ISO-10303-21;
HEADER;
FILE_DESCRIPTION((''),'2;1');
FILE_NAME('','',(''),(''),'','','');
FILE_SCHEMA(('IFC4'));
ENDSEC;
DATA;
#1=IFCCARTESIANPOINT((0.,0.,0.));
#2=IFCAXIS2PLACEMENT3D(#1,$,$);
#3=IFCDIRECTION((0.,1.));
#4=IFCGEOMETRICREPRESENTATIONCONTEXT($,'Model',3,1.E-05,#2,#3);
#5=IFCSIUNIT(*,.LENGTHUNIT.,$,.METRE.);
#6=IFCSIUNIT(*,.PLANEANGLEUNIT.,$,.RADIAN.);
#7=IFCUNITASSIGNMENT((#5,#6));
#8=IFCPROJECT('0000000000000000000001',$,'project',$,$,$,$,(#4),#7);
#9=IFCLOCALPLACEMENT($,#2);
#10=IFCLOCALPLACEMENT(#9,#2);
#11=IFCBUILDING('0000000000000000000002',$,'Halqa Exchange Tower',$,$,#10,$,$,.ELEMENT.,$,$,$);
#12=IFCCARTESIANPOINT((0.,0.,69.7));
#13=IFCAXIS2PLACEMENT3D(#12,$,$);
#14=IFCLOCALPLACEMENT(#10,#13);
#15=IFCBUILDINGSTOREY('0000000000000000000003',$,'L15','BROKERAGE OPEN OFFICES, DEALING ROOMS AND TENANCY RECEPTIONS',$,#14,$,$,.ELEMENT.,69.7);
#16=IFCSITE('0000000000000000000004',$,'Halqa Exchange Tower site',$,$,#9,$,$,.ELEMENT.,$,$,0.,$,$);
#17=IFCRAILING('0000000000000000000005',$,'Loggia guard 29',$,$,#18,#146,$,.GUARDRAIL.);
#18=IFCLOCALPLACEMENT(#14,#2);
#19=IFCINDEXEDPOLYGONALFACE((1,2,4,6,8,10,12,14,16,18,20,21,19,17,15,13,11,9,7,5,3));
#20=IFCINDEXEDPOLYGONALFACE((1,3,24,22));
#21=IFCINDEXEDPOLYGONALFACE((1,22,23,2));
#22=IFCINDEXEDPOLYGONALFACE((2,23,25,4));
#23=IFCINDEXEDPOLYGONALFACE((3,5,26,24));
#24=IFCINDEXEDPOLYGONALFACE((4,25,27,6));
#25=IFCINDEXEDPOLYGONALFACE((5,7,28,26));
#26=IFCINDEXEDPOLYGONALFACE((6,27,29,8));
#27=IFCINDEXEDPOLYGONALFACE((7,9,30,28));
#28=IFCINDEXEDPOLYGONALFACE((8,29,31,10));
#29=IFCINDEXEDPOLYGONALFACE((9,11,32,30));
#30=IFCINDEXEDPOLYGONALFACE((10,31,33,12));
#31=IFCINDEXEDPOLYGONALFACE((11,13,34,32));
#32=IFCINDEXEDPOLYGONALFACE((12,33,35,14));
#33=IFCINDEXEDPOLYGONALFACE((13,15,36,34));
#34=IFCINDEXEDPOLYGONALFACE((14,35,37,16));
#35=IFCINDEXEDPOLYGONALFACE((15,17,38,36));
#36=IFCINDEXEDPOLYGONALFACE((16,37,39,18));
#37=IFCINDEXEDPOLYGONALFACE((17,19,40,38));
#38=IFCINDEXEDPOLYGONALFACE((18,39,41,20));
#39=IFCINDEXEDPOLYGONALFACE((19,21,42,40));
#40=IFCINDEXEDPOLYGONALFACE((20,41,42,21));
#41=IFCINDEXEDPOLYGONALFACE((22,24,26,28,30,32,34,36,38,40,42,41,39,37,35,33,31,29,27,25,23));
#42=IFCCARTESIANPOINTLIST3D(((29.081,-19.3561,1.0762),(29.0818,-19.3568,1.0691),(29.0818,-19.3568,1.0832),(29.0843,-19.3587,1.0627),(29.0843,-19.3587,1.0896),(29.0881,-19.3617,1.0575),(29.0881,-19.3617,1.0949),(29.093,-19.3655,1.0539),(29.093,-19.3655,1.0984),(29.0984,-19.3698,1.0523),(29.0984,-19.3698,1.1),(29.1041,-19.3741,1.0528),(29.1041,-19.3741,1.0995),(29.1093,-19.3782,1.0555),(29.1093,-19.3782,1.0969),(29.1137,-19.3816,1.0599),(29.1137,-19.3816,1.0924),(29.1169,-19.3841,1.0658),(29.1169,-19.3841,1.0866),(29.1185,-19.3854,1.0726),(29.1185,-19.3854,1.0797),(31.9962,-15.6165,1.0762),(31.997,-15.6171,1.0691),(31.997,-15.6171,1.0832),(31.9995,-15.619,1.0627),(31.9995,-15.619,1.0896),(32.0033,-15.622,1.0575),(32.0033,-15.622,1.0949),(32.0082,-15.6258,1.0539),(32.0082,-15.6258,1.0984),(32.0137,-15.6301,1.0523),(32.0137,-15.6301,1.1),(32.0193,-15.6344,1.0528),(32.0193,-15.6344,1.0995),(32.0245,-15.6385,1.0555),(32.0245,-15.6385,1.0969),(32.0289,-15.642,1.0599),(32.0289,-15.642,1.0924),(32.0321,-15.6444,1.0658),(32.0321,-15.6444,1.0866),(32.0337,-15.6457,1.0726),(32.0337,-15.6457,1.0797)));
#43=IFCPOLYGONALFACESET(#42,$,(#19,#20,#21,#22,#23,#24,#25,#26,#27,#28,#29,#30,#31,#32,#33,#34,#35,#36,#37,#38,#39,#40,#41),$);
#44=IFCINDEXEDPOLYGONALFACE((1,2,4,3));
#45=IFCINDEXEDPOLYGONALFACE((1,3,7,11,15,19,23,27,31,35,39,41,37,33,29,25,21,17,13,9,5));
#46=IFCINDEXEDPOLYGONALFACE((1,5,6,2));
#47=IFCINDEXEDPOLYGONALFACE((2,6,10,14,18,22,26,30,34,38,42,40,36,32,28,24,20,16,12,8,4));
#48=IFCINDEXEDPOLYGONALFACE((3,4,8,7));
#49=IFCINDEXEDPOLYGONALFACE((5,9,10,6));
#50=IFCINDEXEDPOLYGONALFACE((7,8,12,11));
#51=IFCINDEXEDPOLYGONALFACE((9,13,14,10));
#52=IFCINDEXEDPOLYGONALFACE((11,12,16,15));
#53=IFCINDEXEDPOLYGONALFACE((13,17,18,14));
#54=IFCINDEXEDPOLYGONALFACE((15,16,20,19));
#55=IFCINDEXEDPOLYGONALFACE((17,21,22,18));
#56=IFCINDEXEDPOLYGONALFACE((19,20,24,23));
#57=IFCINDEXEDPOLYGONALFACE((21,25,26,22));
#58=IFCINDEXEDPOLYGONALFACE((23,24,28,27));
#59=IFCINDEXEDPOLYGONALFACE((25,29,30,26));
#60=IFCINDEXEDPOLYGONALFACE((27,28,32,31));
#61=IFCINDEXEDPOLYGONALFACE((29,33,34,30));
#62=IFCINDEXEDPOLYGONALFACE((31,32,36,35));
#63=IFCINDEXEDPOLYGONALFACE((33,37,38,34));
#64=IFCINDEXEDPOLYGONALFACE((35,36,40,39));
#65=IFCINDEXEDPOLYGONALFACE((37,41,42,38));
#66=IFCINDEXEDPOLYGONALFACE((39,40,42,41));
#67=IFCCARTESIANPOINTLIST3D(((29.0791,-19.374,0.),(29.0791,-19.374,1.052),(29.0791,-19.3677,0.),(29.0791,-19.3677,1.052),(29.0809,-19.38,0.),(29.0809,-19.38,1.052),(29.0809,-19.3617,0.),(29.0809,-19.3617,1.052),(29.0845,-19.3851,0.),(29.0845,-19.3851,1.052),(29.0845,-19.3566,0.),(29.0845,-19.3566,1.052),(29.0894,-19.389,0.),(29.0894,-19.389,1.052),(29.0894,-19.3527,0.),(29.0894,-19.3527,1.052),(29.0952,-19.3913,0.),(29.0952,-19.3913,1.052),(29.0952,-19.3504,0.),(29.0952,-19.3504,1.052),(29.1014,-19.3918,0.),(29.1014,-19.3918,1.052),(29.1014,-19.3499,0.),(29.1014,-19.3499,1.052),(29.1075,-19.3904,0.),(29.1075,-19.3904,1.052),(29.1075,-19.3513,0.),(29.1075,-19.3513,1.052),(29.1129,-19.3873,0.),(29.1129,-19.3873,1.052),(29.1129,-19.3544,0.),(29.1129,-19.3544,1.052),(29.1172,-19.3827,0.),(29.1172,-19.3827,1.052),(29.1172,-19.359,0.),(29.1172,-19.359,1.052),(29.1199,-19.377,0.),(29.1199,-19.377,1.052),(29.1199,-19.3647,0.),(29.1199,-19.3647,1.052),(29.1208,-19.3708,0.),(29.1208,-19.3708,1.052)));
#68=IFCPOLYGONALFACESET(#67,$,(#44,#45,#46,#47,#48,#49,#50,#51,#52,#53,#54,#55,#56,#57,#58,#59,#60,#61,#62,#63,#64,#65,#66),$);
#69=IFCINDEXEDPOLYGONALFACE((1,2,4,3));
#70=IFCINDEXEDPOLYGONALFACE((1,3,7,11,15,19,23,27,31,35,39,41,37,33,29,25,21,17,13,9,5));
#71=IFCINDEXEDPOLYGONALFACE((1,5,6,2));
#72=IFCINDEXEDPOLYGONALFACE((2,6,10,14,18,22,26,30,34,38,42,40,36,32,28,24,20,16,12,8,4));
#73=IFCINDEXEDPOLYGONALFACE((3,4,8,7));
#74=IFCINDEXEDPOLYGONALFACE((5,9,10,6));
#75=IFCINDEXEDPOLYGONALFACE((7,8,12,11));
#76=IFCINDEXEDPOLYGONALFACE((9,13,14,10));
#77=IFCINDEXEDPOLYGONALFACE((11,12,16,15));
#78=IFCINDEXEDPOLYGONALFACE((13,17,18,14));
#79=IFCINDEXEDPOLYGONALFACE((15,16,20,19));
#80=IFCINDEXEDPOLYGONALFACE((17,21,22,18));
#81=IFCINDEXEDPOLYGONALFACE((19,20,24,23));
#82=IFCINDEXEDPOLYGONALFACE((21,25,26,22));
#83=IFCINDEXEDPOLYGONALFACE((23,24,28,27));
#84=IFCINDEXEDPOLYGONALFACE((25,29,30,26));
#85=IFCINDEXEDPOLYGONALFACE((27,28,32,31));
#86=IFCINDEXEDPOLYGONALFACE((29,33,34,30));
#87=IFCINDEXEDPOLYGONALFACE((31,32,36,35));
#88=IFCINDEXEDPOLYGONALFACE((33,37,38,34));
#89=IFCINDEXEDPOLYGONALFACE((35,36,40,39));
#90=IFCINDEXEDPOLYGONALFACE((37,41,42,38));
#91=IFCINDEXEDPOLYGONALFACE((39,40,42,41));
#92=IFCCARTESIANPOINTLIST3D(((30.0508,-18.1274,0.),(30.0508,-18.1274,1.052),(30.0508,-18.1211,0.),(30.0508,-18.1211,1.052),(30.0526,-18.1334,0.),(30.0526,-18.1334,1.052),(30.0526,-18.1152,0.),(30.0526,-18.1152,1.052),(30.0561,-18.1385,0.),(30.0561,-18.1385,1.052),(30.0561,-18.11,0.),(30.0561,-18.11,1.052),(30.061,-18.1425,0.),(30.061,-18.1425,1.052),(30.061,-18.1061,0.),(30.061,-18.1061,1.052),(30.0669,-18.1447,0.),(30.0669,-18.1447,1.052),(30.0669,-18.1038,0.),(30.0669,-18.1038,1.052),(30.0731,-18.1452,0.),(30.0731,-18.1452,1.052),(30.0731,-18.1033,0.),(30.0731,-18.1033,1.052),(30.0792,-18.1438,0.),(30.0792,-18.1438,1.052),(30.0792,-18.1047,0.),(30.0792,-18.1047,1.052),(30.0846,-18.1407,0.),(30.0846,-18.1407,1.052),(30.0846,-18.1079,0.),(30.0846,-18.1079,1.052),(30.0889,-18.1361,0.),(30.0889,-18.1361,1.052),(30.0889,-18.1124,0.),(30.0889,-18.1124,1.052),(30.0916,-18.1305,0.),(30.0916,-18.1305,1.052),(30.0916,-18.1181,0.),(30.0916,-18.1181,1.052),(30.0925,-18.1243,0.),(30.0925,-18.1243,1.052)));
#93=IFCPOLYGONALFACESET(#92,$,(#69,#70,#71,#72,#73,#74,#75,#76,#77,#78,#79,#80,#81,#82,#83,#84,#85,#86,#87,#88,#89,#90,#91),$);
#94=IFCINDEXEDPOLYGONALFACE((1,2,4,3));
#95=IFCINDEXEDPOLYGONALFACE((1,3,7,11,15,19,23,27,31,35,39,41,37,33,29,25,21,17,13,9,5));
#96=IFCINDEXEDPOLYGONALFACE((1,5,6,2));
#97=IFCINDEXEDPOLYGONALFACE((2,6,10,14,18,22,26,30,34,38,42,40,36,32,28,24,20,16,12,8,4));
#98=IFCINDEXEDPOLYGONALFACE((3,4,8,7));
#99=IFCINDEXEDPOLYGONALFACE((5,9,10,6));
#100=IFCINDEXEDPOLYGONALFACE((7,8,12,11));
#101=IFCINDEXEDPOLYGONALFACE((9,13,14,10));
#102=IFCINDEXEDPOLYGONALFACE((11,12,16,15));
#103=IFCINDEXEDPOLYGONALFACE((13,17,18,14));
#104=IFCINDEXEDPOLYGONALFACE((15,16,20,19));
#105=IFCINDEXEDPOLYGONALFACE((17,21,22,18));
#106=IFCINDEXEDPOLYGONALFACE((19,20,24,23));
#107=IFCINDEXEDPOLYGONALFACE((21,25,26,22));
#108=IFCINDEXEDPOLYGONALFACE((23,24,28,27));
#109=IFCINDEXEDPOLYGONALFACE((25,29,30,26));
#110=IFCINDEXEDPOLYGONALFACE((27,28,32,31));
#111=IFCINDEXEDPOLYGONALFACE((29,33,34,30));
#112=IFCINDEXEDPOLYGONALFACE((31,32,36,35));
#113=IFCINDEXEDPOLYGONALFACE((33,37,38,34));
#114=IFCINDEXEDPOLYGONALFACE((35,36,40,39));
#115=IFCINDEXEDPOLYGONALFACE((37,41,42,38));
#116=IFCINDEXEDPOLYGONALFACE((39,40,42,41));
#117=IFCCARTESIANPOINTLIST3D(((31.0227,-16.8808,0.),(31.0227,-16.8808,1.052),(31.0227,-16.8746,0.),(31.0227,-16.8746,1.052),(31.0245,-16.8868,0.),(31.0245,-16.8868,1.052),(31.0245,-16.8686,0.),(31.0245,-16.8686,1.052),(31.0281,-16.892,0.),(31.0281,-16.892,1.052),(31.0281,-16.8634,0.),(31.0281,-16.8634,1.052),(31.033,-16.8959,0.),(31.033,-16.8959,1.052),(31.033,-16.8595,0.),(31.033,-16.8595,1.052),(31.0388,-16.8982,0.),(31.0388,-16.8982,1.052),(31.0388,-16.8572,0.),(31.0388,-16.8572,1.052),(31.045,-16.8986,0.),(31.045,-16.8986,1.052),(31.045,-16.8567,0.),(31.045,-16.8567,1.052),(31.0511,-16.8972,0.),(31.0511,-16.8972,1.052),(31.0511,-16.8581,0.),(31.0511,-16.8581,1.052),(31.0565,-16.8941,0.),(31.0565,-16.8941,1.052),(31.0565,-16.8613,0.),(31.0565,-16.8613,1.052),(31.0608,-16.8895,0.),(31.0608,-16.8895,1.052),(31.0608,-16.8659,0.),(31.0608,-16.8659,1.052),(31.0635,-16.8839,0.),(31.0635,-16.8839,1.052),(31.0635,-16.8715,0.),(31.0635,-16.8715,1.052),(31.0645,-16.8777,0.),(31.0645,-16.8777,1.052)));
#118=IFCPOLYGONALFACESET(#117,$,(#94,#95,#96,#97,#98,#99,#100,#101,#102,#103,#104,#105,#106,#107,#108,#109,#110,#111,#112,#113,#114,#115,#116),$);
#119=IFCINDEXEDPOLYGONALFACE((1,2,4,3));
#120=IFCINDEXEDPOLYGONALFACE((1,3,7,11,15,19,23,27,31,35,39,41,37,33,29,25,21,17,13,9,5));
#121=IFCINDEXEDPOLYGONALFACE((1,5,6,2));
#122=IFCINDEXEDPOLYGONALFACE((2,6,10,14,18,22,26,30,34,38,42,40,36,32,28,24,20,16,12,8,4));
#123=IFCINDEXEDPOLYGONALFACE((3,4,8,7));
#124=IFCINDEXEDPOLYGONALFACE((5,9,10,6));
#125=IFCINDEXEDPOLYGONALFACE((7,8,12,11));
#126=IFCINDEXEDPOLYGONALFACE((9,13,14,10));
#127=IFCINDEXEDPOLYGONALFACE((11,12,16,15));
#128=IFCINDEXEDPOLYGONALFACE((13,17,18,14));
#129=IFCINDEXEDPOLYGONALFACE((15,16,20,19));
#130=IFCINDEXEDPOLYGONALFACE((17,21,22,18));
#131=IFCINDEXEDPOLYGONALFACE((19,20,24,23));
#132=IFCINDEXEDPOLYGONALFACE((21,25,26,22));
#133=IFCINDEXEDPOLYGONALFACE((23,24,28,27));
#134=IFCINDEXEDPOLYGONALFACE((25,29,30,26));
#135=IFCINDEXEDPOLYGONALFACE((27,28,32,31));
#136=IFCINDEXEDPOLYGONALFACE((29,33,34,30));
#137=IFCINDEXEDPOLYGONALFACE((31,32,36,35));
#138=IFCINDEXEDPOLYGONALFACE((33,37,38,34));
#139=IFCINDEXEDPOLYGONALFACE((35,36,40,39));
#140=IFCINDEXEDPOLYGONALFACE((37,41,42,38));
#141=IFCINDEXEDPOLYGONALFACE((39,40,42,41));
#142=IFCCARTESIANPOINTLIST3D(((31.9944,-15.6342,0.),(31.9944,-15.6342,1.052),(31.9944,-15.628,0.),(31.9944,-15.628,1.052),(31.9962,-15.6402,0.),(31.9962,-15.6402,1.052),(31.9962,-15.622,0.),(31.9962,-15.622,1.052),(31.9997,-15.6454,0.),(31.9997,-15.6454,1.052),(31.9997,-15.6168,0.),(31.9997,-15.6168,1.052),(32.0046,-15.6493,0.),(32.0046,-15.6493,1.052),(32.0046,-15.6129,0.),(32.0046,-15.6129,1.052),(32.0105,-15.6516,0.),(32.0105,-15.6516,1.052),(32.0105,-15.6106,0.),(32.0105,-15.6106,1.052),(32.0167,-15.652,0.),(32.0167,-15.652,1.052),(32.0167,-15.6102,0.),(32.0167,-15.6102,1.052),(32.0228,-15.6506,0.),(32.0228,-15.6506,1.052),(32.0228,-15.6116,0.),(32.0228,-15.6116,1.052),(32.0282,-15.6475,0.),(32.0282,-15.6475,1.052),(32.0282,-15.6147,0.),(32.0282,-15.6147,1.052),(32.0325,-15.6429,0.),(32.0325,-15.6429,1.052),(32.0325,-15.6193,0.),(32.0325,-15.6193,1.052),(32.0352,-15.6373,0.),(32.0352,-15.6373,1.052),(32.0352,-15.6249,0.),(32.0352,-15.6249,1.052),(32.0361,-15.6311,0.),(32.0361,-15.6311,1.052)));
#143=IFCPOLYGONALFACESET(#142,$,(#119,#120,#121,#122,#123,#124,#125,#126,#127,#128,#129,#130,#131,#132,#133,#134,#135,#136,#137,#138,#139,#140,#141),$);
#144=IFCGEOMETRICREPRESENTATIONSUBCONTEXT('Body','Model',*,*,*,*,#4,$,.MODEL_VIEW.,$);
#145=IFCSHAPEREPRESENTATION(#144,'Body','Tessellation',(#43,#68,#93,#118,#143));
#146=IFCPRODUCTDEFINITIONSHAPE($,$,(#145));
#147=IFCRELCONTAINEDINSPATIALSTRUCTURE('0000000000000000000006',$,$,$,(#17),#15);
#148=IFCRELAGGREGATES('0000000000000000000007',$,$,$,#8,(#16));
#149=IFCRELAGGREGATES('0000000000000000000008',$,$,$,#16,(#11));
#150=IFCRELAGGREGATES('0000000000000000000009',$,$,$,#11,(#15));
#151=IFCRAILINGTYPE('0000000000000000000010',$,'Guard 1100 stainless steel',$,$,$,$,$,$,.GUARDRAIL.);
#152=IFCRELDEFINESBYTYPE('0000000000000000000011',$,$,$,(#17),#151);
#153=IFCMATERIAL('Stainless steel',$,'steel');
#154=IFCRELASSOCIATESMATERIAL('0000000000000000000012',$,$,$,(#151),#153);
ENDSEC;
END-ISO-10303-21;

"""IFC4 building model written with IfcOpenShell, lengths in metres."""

from ifc_helpers import new_model, si_unit, direction, frame, origin, origin_2d, place, context, subcontext, project, spatial, circle, extrude, material, type_object, element, save


model = new_model("IFC4")

# Units and contexts
model_context = context("Model", 3, precision=1e-05, world=origin(), true_north=direction((0.0, 1.0)))
body_context = subcontext(model_context, "Body", "Model", "MODEL_VIEW")
ifc_project = project(units=[si_unit("LENGTHUNIT", "METRE"), si_unit("PLANEANGLEUNIT", "RADIAN")], contexts=[model_context])

# Site, building, storey
site_placement = place(None, origin())
site = spatial("IfcSite", under=ifc_project, at=site_placement, Name="Halqa Exchange Tower site", CompositionType="ELEMENT", RefElevation=0.0)
building_placement = place(site_placement, origin())
building = spatial("IfcBuilding", under=site, at=building_placement, Name="Halqa Exchange Tower", CompositionType="ELEMENT")
storey_placement = place(building_placement, frame((0.0, 0.0, 69.7)))
storey = spatial("IfcBuildingStorey", under=building, at=storey_placement, Name="L15", Description="BROKERAGE OPEN OFFICES, DEALING ROOMS AND TENANCY RECEPTIONS", CompositionType="ELEMENT", Elevation=69.7)

# Railing
ifc_material_1 = material(Name="Stainless steel", Category="steel")
railing_type = type_object("IfcRailingType", Name="Guard 1100 stainless steel", PredefinedType="GUARDRAIL", material=ifc_material_1)
railing_1_placement = place(storey_placement, frame((29.0999, -19.3708, 0.0)))
element("IfcRailing", 1, at=railing_1_placement, inside=storey, type_object=railing_type, Name="Loggia guard 29", PredefinedType="GUARDRAIL", context=body_context, shape_type="SweptSolid", body=[
    extrude(circle(Radius=0.0239, at=origin_2d()), frame((0.0, 0.0, 1.0762), z_axis=(0.614806, 0.788678, 0.0), x_axis=(-0.788678, 0.614806, 0.0)), (0.0, 0.0, 1.0), 4.7417),
    extrude(circle(Radius=0.021, at=origin_2d()), origin(), (0.0, 0.0, 1.0), 1.052),
    extrude(circle(Radius=0.021, at=origin_2d()), frame((0.9717, 1.2466, 0.0)), (0.0, 0.0, 1.0), 1.052),
    extrude(circle(Radius=0.021, at=origin_2d()), frame((1.9436, 2.4932, 0.0)), (0.0, 0.0, 1.0), 1.052),
    extrude(circle(Radius=0.021, at=origin_2d()), frame((2.9153, 3.7397, 0.0)), (0.0, 0.0, 1.0), 1.052),
])

save(model, "model.ifc")
